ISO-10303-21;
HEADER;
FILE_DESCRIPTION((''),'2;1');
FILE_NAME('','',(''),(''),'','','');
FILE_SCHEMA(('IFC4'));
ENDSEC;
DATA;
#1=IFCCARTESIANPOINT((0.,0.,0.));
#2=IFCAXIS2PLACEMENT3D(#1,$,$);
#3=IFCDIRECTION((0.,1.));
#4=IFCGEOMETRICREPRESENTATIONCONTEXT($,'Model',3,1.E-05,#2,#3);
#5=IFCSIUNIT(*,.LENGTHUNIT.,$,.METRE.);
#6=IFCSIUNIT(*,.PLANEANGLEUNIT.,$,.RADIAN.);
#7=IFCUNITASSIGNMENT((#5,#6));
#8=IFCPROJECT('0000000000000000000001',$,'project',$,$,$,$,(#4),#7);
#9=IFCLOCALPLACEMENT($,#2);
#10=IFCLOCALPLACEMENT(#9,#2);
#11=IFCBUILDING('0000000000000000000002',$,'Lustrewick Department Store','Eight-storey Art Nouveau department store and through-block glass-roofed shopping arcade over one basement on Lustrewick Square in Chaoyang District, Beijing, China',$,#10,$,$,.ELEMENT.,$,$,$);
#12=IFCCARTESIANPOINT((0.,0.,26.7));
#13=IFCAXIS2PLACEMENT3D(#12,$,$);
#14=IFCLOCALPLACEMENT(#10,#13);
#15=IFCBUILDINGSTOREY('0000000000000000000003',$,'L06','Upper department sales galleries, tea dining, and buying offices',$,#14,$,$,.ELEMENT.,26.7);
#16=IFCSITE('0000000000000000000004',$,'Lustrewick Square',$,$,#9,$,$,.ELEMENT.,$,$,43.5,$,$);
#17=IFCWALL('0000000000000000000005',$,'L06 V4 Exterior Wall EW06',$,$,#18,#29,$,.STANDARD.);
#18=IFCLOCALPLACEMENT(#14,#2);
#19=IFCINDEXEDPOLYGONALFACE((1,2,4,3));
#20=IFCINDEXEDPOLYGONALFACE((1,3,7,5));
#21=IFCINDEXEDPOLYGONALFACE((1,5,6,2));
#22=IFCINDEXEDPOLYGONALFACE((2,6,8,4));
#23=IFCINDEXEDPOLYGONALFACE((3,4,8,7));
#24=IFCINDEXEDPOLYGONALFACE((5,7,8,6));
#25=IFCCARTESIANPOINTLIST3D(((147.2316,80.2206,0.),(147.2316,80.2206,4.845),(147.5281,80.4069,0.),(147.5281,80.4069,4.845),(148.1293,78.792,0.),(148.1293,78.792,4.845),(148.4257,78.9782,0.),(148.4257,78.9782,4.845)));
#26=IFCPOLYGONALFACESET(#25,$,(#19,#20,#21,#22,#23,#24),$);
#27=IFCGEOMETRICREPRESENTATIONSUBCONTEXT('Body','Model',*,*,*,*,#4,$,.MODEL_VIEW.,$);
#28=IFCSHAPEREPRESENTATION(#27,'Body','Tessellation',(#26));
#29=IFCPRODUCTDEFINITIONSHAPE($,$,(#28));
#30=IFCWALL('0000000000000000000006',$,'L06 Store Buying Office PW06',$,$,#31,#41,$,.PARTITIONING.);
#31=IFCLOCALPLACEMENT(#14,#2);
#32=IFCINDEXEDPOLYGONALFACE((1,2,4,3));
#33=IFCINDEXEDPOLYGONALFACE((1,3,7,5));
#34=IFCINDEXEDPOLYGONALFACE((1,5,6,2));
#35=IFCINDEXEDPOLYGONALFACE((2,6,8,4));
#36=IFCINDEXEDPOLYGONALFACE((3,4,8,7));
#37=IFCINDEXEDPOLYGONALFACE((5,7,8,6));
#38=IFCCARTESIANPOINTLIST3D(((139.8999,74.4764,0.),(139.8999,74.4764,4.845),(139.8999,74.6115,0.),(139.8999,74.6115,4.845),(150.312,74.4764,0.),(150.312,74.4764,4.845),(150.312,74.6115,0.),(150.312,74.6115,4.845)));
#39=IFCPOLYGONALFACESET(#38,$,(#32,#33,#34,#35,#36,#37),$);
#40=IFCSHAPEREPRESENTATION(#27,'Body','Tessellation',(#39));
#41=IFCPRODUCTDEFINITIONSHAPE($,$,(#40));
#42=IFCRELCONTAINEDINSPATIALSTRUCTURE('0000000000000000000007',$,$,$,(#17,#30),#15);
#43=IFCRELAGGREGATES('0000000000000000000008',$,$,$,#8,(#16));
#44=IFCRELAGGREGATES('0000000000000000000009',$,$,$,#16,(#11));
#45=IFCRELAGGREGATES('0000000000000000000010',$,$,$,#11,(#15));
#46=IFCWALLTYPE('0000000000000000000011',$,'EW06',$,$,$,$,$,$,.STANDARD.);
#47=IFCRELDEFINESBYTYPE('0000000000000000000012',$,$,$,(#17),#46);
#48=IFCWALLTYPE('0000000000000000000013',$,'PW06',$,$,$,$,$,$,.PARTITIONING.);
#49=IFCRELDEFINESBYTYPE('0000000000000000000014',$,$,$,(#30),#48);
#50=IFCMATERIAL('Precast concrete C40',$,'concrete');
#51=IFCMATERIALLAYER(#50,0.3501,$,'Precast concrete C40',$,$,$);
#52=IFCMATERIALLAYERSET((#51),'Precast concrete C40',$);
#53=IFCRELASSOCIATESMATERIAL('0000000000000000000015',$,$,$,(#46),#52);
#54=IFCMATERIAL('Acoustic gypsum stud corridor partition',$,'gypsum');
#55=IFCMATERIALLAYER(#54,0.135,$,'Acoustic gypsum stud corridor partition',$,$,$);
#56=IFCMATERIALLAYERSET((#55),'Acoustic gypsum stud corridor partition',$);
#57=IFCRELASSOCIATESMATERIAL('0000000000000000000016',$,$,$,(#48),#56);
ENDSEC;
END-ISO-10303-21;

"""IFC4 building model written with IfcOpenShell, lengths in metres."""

from ifc_helpers import new_model, si_unit, direction, frame, frame_2d, origin, place, context, subcontext, project, spatial, rectangle, extrude, material, layer, layer_set, type_object, element, save


model = new_model("IFC4")

# Units and contexts
model_context = context("Model", 3, precision=1e-05, world=origin(), true_north=direction((0.0, 1.0)))
body_context = subcontext(model_context, "Body", "Model", "MODEL_VIEW")
ifc_project = project(units=[si_unit("LENGTHUNIT", "METRE"), si_unit("PLANEANGLEUNIT", "RADIAN")], contexts=[model_context])

# Site, building, storey
site_placement = place(None, origin())
site = spatial("IfcSite", under=ifc_project, at=site_placement, Name="Lustrewick Square", CompositionType="ELEMENT", RefElevation=43.5)
building_placement = place(site_placement, origin())
building = spatial("IfcBuilding", under=site, at=building_placement, Name="Lustrewick Department Store", Description="Eight-storey Art Nouveau department store and through-block glass-roofed shopping arcade over one basement on Lustrewick Square in Chaoyang District, Beijing, China", CompositionType="ELEMENT")
storey_placement = place(building_placement, frame((0.0, 0.0, 26.7)))
storey = spatial("IfcBuildingStorey", under=building, at=storey_placement, Name="L06", Description="Upper department sales galleries, tea dining, and buying offices", CompositionType="ELEMENT", Elevation=26.7)

# Walls
ifc_material_1 = material(Name="Precast concrete C40", Category="concrete")
ifc_layer_1 = layer(ifc_material_1, 0.3501, Name="Precast concrete C40")
ifc_layer_set_1 = layer_set([ifc_layer_1], Name="Precast concrete C40")
wall_type_1 = type_object("IfcWallType", Name="EW06", PredefinedType="STANDARD", material=ifc_layer_set_1)
for number, where, z_axis, x_axis, name in (
    (1, (148.2776, 78.885, 0.0), (0.0, 0.0, 1.0), (-0.532026, 0.846728, 0.0), "L06 V4 Exterior Wall EW06"),
):
    element("IfcWall", number, at=place(storey_placement, frame(where, z_axis=z_axis, x_axis=x_axis)), inside=storey, type_object=wall_type_1, Name=name, PredefinedType="STANDARD", context=body_context, shape_type="SweptSolid", body=[
        extrude(rectangle(XDim=1.6873, YDim=0.3501, at=frame_2d((0.8438, 0.0))), origin(), (0.0, 0.0, 1.0), 4.845),
    ])
ifc_material_2 = material(Name="Acoustic gypsum stud corridor partition", Category="gypsum")
ifc_layer_2 = layer(ifc_material_2, 0.135, Name="Acoustic gypsum stud corridor partition")
ifc_layer_set_2 = layer_set([ifc_layer_2], Name="Acoustic gypsum stud corridor partition")
wall_type_2 = type_object("IfcWallType", Name="PW06", PredefinedType="PARTITIONING", material=ifc_layer_set_2)
wall_1_placement = place(storey_placement, frame((150.312, 74.5439, 0.0), z_axis=(0.0, 0.0, 1.0), x_axis=(-1.0, 0.0, 0.0)))
element("IfcWall", 2, at=wall_1_placement, inside=storey, type_object=wall_type_2, Name="L06 Store Buying Office PW06", PredefinedType="PARTITIONING", context=body_context, shape_type="SweptSolid", body=[
    extrude(rectangle(XDim=10.4121, YDim=0.135, at=frame_2d((5.2061, 0.0))), origin(), (0.0, 0.0, 1.0), 4.845),
])

save(model, "model.ifc")
